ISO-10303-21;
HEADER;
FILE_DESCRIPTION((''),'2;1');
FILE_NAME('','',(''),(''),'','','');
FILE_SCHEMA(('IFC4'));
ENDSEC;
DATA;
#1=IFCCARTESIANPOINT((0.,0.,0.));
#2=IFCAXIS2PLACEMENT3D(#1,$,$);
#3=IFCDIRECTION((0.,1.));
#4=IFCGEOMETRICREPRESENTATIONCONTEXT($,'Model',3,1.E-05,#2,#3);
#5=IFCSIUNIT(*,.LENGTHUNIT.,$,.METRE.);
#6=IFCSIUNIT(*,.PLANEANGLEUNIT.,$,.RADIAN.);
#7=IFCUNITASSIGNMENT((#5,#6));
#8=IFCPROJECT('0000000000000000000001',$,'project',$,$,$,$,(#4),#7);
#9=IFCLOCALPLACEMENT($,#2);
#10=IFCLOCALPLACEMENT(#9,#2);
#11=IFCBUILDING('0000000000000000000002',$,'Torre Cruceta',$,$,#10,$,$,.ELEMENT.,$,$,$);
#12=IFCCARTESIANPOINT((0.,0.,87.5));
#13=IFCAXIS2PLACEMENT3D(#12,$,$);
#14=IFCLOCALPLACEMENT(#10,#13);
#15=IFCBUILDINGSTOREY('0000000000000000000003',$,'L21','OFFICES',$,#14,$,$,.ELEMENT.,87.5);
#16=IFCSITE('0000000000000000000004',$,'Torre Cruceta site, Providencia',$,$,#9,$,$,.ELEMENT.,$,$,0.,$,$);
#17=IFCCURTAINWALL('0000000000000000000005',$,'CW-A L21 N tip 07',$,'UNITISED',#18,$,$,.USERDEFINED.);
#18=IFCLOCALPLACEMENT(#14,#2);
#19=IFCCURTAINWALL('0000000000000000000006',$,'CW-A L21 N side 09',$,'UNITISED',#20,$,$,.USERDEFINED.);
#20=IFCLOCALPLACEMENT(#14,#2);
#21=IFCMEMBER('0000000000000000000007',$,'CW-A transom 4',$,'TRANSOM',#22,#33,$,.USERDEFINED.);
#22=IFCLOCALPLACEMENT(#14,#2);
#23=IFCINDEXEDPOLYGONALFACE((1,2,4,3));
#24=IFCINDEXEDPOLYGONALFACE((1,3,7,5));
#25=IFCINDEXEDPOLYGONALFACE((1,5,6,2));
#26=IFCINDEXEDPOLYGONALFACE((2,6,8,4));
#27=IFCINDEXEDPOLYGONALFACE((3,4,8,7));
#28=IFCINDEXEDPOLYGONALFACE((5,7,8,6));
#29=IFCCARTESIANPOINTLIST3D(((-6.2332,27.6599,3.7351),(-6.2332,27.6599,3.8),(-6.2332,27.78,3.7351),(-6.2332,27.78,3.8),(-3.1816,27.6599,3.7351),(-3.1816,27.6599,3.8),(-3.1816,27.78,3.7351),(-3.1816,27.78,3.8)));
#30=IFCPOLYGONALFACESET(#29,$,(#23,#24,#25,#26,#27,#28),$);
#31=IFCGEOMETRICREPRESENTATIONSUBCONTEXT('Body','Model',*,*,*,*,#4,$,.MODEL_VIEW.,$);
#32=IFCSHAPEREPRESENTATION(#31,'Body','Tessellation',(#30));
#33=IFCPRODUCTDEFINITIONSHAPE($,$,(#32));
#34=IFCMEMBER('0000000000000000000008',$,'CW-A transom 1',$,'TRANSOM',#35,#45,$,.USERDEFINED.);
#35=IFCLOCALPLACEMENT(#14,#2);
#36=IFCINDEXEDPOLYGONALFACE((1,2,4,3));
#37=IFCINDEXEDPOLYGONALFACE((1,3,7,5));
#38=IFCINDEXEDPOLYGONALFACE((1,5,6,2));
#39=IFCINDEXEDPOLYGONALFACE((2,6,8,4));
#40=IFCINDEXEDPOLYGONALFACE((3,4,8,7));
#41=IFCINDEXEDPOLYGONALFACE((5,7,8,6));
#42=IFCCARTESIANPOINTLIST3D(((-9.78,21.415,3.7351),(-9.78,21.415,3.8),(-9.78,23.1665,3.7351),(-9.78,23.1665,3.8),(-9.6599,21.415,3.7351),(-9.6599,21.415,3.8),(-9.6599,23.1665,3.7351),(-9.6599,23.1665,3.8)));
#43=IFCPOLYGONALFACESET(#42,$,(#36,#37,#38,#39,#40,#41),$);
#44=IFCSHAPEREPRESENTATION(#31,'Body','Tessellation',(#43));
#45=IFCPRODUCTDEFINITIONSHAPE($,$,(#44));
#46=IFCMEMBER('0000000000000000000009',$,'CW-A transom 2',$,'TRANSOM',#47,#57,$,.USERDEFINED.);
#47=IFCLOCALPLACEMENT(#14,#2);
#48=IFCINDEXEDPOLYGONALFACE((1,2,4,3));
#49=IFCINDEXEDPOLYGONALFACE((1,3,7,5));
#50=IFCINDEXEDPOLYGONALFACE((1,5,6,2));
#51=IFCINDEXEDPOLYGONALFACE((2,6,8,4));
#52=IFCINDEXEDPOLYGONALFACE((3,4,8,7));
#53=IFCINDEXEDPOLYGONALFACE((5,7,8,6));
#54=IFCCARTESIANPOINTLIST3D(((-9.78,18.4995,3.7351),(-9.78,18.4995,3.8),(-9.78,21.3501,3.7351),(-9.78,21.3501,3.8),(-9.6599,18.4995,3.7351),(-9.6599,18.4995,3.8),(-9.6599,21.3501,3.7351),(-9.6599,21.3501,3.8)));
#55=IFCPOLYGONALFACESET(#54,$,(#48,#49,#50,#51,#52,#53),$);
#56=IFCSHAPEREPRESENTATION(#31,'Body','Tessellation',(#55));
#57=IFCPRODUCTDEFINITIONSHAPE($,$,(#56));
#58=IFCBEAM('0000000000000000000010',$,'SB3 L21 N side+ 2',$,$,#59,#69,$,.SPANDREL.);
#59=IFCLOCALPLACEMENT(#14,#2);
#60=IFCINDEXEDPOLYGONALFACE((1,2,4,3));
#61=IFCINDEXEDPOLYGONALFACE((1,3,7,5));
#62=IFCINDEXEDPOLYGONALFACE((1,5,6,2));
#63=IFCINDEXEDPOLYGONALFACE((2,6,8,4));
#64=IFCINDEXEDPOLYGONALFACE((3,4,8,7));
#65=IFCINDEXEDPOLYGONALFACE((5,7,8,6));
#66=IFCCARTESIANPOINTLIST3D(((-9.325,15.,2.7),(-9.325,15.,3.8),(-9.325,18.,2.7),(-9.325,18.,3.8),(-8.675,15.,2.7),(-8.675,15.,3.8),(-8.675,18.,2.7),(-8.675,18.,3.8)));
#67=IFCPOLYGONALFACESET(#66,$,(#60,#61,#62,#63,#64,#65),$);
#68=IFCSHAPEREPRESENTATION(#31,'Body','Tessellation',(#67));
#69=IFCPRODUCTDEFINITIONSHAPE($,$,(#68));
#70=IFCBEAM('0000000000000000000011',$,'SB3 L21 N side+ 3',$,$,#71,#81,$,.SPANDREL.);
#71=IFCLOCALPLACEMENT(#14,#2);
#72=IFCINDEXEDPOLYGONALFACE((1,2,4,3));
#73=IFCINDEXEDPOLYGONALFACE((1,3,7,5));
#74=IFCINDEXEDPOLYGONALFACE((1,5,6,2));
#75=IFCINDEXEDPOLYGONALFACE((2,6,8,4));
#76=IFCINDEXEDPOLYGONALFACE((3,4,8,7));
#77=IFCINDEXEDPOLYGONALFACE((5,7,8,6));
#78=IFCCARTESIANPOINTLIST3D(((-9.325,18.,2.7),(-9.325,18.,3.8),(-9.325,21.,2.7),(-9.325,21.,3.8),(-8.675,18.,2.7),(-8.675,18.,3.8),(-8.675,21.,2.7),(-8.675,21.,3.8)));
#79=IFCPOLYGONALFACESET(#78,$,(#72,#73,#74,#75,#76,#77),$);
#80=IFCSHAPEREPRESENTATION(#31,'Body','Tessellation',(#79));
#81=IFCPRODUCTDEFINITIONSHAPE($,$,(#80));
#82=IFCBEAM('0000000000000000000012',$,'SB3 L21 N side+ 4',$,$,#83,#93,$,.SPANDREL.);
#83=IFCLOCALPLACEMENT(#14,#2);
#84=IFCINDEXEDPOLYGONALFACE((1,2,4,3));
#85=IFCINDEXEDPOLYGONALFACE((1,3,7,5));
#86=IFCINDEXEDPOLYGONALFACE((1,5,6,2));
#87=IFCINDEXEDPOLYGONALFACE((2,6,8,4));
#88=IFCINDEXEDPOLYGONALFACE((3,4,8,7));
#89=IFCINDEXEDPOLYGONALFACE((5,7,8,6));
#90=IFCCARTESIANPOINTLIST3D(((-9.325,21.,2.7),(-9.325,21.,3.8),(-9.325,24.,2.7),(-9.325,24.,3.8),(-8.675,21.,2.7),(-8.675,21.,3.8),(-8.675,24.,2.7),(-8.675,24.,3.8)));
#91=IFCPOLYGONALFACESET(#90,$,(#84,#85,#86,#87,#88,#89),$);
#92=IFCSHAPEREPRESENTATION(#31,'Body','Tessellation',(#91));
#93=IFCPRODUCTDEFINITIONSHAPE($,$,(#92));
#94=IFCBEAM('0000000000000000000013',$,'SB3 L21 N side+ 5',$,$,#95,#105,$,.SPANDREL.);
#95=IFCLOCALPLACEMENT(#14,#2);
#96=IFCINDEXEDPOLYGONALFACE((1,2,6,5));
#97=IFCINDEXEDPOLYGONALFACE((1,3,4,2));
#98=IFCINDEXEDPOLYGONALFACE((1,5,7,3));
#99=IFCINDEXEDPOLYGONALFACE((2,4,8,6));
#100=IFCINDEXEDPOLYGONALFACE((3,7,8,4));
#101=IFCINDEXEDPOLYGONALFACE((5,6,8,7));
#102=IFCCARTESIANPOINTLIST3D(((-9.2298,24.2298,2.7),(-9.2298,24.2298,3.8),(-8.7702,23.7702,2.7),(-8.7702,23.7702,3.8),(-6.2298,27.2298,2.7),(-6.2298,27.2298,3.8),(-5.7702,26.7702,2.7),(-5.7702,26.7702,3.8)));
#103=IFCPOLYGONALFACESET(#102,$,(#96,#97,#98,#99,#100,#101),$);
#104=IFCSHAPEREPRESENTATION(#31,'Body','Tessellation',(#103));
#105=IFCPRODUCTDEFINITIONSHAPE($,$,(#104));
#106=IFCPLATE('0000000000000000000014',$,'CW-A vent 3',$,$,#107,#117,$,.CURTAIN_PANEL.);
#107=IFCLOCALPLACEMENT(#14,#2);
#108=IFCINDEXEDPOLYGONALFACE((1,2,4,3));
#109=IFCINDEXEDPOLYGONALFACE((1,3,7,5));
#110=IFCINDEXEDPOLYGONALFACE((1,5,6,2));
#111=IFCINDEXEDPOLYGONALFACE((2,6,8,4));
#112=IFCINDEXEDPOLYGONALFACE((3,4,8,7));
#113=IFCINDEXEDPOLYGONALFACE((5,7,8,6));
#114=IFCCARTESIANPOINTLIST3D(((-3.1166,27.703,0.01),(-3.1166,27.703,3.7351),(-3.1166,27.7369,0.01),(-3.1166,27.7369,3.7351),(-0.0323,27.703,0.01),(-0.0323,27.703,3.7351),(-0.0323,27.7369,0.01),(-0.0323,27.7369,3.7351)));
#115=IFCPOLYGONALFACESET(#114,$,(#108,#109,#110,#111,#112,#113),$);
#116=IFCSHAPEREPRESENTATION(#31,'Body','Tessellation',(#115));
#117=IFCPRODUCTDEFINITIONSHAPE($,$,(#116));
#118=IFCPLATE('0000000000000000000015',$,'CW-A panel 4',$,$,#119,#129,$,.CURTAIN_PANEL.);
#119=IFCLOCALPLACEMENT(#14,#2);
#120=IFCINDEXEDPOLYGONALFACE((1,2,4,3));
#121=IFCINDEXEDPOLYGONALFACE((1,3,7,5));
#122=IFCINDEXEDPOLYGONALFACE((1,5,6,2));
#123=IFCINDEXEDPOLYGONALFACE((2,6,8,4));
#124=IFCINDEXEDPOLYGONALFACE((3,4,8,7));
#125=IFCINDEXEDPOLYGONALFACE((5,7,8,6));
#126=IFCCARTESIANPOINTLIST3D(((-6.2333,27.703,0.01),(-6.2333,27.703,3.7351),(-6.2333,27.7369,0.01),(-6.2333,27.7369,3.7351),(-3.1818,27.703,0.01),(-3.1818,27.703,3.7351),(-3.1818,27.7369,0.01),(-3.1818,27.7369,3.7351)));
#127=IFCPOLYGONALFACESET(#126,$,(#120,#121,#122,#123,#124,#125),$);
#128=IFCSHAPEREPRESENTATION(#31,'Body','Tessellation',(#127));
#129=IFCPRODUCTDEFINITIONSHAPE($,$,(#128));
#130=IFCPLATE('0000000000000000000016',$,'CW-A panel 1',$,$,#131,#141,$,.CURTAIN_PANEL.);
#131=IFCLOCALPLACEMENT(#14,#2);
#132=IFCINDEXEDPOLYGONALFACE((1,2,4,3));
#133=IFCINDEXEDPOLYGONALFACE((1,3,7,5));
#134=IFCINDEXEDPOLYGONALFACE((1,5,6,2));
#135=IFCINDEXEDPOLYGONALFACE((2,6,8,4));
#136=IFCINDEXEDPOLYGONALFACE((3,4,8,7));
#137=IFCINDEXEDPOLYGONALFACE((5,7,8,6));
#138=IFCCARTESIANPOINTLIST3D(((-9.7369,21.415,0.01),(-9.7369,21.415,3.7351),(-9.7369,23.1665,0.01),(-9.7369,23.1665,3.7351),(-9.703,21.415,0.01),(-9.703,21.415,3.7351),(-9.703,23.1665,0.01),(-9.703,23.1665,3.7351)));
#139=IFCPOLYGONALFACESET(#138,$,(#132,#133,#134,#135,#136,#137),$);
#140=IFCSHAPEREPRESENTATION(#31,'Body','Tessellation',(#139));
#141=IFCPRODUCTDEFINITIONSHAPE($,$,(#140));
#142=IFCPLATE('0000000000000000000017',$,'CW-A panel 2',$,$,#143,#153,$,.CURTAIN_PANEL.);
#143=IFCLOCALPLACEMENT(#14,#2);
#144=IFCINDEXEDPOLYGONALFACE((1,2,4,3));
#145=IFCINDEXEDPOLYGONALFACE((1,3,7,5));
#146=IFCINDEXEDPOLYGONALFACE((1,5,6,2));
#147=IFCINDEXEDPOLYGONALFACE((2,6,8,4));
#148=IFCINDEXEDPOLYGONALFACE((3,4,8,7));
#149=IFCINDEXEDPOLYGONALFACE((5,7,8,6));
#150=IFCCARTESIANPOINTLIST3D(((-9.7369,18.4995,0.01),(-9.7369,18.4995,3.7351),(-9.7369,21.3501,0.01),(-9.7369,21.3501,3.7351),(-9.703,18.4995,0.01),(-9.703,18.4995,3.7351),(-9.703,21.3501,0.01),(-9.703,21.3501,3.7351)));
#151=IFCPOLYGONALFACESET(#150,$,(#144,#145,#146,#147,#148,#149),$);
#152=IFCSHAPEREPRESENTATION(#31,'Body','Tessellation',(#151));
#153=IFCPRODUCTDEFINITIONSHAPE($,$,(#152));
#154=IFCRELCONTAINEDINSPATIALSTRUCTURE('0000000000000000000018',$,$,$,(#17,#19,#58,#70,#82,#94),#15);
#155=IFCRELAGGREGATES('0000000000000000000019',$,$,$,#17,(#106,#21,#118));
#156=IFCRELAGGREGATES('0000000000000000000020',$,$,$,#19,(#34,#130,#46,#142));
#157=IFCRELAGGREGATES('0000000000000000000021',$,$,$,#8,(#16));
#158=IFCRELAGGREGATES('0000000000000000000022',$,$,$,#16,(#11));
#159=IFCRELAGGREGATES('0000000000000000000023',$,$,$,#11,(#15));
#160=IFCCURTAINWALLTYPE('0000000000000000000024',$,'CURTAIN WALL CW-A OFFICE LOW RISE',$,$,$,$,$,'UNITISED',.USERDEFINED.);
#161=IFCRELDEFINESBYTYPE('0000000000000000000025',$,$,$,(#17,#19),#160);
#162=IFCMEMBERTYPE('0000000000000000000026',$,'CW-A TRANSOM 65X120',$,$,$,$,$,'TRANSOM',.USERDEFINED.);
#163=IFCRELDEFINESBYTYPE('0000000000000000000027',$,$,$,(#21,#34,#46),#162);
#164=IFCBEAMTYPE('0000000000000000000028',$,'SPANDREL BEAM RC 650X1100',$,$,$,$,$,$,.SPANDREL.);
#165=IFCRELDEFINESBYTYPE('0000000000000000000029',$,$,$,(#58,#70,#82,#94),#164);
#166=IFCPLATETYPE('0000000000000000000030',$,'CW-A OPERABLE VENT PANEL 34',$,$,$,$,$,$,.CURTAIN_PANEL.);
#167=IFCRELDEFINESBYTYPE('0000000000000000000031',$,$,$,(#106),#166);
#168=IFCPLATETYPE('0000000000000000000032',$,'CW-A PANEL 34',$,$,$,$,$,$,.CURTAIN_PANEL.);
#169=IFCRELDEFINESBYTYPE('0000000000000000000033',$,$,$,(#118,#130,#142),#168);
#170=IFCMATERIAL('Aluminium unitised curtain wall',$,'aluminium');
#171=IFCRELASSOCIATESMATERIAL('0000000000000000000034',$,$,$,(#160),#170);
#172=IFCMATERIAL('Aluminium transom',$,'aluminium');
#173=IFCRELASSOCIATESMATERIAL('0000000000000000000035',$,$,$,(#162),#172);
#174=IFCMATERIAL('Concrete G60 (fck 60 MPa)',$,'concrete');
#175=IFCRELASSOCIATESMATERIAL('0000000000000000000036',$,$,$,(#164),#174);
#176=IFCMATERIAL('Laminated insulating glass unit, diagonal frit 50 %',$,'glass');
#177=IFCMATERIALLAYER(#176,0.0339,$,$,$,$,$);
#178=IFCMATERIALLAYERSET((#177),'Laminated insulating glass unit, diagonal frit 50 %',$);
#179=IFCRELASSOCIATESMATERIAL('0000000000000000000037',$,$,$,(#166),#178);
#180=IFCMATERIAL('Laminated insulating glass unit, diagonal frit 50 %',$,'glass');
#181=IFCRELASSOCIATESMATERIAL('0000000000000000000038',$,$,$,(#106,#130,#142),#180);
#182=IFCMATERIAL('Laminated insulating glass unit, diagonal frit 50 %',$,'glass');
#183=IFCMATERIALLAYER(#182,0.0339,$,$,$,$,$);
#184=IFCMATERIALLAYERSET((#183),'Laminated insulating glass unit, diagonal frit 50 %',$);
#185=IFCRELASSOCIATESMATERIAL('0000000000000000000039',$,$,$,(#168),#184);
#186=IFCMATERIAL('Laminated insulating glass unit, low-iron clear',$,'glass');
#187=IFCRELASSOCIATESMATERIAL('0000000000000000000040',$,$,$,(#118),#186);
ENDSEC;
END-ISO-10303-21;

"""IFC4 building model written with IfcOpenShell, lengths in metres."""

from ifc_helpers import new_model, si_unit, direction, frame, origin, origin_2d, place, context, subcontext, project, spatial, rectangle, extrude, material, layer, layer_set, material_profile, profile_set, type_object, element, aggregate, save


model = new_model("IFC4")

# Units and contexts
model_context = context("Model", 3, precision=1e-05, world=origin(), true_north=direction((0.0, 1.0)))
body_context = subcontext(model_context, "Body", "Model", "MODEL_VIEW")
ifc_project = project(units=[si_unit("LENGTHUNIT", "METRE"), si_unit("PLANEANGLEUNIT", "RADIAN")], contexts=[model_context])

# Site, building, storey
site_placement = place(None, origin())
site = spatial("IfcSite", under=ifc_project, at=site_placement, Name="Torre Cruceta site, Providencia", CompositionType="ELEMENT", RefElevation=0.0)
building_placement = place(site_placement, origin())
building = spatial("IfcBuilding", under=site, at=building_placement, Name="Torre Cruceta", CompositionType="ELEMENT")
storey_placement = place(building_placement, frame((0.0, 0.0, 87.5)))
storey = spatial("IfcBuildingStorey", under=building, at=storey_placement, Name="L21", Description="OFFICES", CompositionType="ELEMENT", Elevation=87.5)

# Curtain walls
ifc_material_1 = material(Name="Aluminium unitised curtain wall", Category="aluminium")
curtain_wall_type = type_object("IfcCurtainWallType", Name="CURTAIN WALL CW-A OFFICE LOW RISE", ElementType="UNITISED", PredefinedType="USERDEFINED", material=ifc_material_1)
curtain_wall_1_placement = place(storey_placement, origin())
curtain_wall_1 = element("IfcCurtainWall", 1, at=curtain_wall_1_placement, inside=storey, type_object=curtain_wall_type, Name="CW-A L21 N tip 07", ObjectType="UNITISED", PredefinedType="USERDEFINED")
curtain_wall_2_placement = place(storey_placement, origin())
curtain_wall_2 = element("IfcCurtainWall", 2, at=curtain_wall_2_placement, inside=storey, type_object=curtain_wall_type, Name="CW-A L21 N side 09", ObjectType="UNITISED", PredefinedType="USERDEFINED")

# Members
ifc_material_2 = material(Name="Aluminium transom", Category="aluminium")
ifc_material_profile_1 = material_profile(ifc_material_2, rectangle(XDim=0.1201, YDim=0.0649, at=origin_2d()), Name="AL 120X65")
ifc_profile_set_1 = profile_set([ifc_material_profile_1], Name="Aluminium transom")
member_type_1 = type_object("IfcMemberType", Name="CW-A TRANSOM 65X120", ElementType="TRANSOM", PredefinedType="USERDEFINED", material=ifc_profile_set_1)
member_1_placement = place(storey_placement, frame((-3.1816, 27.72, 3.7676), z_axis=(-1.0, 0.0, 0.0), x_axis=(0.0, -1.0, 0.0)))
member_1 = element("IfcMember", 3, at=member_1_placement, type_object=member_type_1, Name="CW-A transom 4", ObjectType="TRANSOM", PredefinedType="USERDEFINED", context=body_context, shape_type="SweptSolid", body=[
    extrude(rectangle(XDim=0.1201, YDim=0.0649, at=origin_2d()), origin(), (0.0, 0.0, 1.0), 3.0515),
])
member_2_placement = place(storey_placement, frame((-9.72, 23.1665, 3.7676), z_axis=(0.0, -1.0, 0.0), x_axis=(1.0, 0.0, 0.0)))
member_2 = element("IfcMember", 4, at=member_2_placement, type_object=member_type_1, Name="CW-A transom 1", ObjectType="TRANSOM", PredefinedType="USERDEFINED", context=body_context, shape_type="SweptSolid", body=[
    extrude(rectangle(XDim=0.1201, YDim=0.0649, at=origin_2d()), origin(), (0.0, 0.0, 1.0), 1.7515),
])
member_3_placement = place(storey_placement, frame((-9.72, 21.3501, 3.7676), z_axis=(0.0, -1.0, 0.0), x_axis=(1.0, 0.0, 0.0)))
member_3 = element("IfcMember", 5, at=member_3_placement, type_object=member_type_1, Name="CW-A transom 2", ObjectType="TRANSOM", PredefinedType="USERDEFINED", context=body_context, shape_type="SweptSolid", body=[
    extrude(rectangle(XDim=0.1201, YDim=0.0649, at=origin_2d()), origin(), (0.0, 0.0, 1.0), 2.8506),
])

# Beams
ifc_material_3 = material(Name="Concrete G60 (fck 60 MPa)", Category="concrete")
ifc_material_profile_2 = material_profile(ifc_material_3, rectangle(XDim=0.6499, YDim=1.1001, at=origin_2d()), Name="RC 650X1100")
ifc_profile_set_2 = profile_set([ifc_material_profile_2], Name="Concrete G60 (fck 60 MPa)")
beam_type_1 = type_object("IfcBeamType", Name="SPANDREL BEAM RC 650X1100", PredefinedType="SPANDREL", material=ifc_profile_set_2)
for number, where, z_axis, x_axis, name in (
    (6, (-9.0, 15.0, 3.25), (0.0, 1.0, 0.0), (-1.0, 0.0, 0.0), "SB3 L21 N side+ 2"),
    (7, (-9.0, 18.0, 3.25), (0.0, 1.0, 0.0), (-1.0, 0.0, 0.0), "SB3 L21 N side+ 3"),
    (8, (-9.0, 21.0, 3.25), (0.0, 1.0, 0.0), (-1.0, 0.0, 0.0), "SB3 L21 N side+ 4"),
):
    element("IfcBeam", number, at=place(storey_placement, frame(where, z_axis=z_axis, x_axis=x_axis)), inside=storey, type_object=beam_type_1, Name=name, PredefinedType="SPANDREL", context=body_context, shape_type="SweptSolid", body=[
        extrude(rectangle(XDim=0.6499, YDim=1.1001, at=origin_2d()), origin(), (0.0, 0.0, 1.0), 3.0),
    ])
beam_placement = place(storey_placement, frame((-9.0, 24.0, 3.25), z_axis=(0.707107, 0.707107, 0.0), x_axis=(-0.707107, 0.707107, 0.0)))
element("IfcBeam", 9, at=beam_placement, inside=storey, type_object=beam_type_1, Name="SB3 L21 N side+ 5", PredefinedType="SPANDREL", context=body_context, shape_type="SweptSolid", body=[
    extrude(rectangle(XDim=0.6499, YDim=1.1001, at=origin_2d()), origin(), (0.0, 0.0, 1.0), 4.2427),
])

# Plates
ifc_material_4 = material(Name="Laminated insulating glass unit, diagonal frit 50 %", Category="glass")
ifc_material_5 = material(Name="Laminated insulating glass unit, diagonal frit 50 %", Category="glass")
ifc_layer_1 = layer(ifc_material_5, 0.0339)
ifc_layer_set_1 = layer_set([ifc_layer_1], Name="Laminated insulating glass unit, diagonal frit 50 %")
plate_type_1 = type_object("IfcPlateType", Name="CW-A OPERABLE VENT PANEL 34", PredefinedType="CURTAIN_PANEL", material=ifc_layer_set_1)
plate_1_placement = place(storey_placement, frame((-1.5745, 27.72, 0.01), z_axis=(0.0, 0.0, 1.0), x_axis=(-1.0, 0.0, 0.0)))
plate_1 = element("IfcPlate", 10, at=plate_1_placement, type_object=plate_type_1, material=ifc_material_4, Name="CW-A vent 3", PredefinedType="CURTAIN_PANEL", context=body_context, shape_type="SweptSolid", body=[
    extrude(rectangle(XDim=3.0842, YDim=0.0339, at=origin_2d()), origin(), (0.0, 0.0, 1.0), 3.7251),
])
ifc_material_6 = material(Name="Laminated insulating glass unit, low-iron clear", Category="glass")
ifc_material_7 = material(Name="Laminated insulating glass unit, diagonal frit 50 %", Category="glass")
ifc_layer_2 = layer(ifc_material_7, 0.0339)
ifc_layer_set_2 = layer_set([ifc_layer_2], Name="Laminated insulating glass unit, diagonal frit 50 %")
plate_type_2 = type_object("IfcPlateType", Name="CW-A PANEL 34", PredefinedType="CURTAIN_PANEL", material=ifc_layer_set_2)
plate_2_placement = place(storey_placement, frame((-4.7075, 27.72, 0.01), z_axis=(0.0, 0.0, 1.0), x_axis=(-1.0, 0.0, 0.0)))
plate_2 = element("IfcPlate", 11, at=plate_2_placement, type_object=plate_type_2, material=ifc_material_6, Name="CW-A panel 4", PredefinedType="CURTAIN_PANEL", context=body_context, shape_type="SweptSolid", body=[
    extrude(rectangle(XDim=3.0515, YDim=0.0339, at=origin_2d()), origin(), (0.0, 0.0, 1.0), 3.7251),
])
aggregate(curtain_wall_1, [plate_1, member_1, plate_2])
plate_3_placement = place(storey_placement, frame((-9.72, 22.2908, 0.01), z_axis=(0.0, 0.0, 1.0), x_axis=(0.0, -1.0, 0.0)))
plate_3 = element("IfcPlate", 12, at=plate_3_placement, type_object=plate_type_2, material=ifc_material_4, Name="CW-A panel 1", PredefinedType="CURTAIN_PANEL", context=body_context, shape_type="SweptSolid", body=[
    extrude(rectangle(XDim=1.7515, YDim=0.0339, at=origin_2d()), origin(), (0.0, 0.0, 1.0), 3.7251),
])
plate_4_placement = place(storey_placement, frame((-9.72, 19.9248, 0.01), z_axis=(0.0, 0.0, 1.0), x_axis=(0.0, -1.0, 0.0)))
plate_4 = element("IfcPlate", 13, at=plate_4_placement, type_object=plate_type_2, material=ifc_material_4, Name="CW-A panel 2", PredefinedType="CURTAIN_PANEL", context=body_context, shape_type="SweptSolid", body=[
    extrude(rectangle(XDim=2.8506, YDim=0.0339, at=origin_2d()), origin(), (0.0, 0.0, 1.0), 3.7251),
])
aggregate(curtain_wall_2, [member_2, plate_3, member_3, plate_4])

save(model, "model.ifc")
